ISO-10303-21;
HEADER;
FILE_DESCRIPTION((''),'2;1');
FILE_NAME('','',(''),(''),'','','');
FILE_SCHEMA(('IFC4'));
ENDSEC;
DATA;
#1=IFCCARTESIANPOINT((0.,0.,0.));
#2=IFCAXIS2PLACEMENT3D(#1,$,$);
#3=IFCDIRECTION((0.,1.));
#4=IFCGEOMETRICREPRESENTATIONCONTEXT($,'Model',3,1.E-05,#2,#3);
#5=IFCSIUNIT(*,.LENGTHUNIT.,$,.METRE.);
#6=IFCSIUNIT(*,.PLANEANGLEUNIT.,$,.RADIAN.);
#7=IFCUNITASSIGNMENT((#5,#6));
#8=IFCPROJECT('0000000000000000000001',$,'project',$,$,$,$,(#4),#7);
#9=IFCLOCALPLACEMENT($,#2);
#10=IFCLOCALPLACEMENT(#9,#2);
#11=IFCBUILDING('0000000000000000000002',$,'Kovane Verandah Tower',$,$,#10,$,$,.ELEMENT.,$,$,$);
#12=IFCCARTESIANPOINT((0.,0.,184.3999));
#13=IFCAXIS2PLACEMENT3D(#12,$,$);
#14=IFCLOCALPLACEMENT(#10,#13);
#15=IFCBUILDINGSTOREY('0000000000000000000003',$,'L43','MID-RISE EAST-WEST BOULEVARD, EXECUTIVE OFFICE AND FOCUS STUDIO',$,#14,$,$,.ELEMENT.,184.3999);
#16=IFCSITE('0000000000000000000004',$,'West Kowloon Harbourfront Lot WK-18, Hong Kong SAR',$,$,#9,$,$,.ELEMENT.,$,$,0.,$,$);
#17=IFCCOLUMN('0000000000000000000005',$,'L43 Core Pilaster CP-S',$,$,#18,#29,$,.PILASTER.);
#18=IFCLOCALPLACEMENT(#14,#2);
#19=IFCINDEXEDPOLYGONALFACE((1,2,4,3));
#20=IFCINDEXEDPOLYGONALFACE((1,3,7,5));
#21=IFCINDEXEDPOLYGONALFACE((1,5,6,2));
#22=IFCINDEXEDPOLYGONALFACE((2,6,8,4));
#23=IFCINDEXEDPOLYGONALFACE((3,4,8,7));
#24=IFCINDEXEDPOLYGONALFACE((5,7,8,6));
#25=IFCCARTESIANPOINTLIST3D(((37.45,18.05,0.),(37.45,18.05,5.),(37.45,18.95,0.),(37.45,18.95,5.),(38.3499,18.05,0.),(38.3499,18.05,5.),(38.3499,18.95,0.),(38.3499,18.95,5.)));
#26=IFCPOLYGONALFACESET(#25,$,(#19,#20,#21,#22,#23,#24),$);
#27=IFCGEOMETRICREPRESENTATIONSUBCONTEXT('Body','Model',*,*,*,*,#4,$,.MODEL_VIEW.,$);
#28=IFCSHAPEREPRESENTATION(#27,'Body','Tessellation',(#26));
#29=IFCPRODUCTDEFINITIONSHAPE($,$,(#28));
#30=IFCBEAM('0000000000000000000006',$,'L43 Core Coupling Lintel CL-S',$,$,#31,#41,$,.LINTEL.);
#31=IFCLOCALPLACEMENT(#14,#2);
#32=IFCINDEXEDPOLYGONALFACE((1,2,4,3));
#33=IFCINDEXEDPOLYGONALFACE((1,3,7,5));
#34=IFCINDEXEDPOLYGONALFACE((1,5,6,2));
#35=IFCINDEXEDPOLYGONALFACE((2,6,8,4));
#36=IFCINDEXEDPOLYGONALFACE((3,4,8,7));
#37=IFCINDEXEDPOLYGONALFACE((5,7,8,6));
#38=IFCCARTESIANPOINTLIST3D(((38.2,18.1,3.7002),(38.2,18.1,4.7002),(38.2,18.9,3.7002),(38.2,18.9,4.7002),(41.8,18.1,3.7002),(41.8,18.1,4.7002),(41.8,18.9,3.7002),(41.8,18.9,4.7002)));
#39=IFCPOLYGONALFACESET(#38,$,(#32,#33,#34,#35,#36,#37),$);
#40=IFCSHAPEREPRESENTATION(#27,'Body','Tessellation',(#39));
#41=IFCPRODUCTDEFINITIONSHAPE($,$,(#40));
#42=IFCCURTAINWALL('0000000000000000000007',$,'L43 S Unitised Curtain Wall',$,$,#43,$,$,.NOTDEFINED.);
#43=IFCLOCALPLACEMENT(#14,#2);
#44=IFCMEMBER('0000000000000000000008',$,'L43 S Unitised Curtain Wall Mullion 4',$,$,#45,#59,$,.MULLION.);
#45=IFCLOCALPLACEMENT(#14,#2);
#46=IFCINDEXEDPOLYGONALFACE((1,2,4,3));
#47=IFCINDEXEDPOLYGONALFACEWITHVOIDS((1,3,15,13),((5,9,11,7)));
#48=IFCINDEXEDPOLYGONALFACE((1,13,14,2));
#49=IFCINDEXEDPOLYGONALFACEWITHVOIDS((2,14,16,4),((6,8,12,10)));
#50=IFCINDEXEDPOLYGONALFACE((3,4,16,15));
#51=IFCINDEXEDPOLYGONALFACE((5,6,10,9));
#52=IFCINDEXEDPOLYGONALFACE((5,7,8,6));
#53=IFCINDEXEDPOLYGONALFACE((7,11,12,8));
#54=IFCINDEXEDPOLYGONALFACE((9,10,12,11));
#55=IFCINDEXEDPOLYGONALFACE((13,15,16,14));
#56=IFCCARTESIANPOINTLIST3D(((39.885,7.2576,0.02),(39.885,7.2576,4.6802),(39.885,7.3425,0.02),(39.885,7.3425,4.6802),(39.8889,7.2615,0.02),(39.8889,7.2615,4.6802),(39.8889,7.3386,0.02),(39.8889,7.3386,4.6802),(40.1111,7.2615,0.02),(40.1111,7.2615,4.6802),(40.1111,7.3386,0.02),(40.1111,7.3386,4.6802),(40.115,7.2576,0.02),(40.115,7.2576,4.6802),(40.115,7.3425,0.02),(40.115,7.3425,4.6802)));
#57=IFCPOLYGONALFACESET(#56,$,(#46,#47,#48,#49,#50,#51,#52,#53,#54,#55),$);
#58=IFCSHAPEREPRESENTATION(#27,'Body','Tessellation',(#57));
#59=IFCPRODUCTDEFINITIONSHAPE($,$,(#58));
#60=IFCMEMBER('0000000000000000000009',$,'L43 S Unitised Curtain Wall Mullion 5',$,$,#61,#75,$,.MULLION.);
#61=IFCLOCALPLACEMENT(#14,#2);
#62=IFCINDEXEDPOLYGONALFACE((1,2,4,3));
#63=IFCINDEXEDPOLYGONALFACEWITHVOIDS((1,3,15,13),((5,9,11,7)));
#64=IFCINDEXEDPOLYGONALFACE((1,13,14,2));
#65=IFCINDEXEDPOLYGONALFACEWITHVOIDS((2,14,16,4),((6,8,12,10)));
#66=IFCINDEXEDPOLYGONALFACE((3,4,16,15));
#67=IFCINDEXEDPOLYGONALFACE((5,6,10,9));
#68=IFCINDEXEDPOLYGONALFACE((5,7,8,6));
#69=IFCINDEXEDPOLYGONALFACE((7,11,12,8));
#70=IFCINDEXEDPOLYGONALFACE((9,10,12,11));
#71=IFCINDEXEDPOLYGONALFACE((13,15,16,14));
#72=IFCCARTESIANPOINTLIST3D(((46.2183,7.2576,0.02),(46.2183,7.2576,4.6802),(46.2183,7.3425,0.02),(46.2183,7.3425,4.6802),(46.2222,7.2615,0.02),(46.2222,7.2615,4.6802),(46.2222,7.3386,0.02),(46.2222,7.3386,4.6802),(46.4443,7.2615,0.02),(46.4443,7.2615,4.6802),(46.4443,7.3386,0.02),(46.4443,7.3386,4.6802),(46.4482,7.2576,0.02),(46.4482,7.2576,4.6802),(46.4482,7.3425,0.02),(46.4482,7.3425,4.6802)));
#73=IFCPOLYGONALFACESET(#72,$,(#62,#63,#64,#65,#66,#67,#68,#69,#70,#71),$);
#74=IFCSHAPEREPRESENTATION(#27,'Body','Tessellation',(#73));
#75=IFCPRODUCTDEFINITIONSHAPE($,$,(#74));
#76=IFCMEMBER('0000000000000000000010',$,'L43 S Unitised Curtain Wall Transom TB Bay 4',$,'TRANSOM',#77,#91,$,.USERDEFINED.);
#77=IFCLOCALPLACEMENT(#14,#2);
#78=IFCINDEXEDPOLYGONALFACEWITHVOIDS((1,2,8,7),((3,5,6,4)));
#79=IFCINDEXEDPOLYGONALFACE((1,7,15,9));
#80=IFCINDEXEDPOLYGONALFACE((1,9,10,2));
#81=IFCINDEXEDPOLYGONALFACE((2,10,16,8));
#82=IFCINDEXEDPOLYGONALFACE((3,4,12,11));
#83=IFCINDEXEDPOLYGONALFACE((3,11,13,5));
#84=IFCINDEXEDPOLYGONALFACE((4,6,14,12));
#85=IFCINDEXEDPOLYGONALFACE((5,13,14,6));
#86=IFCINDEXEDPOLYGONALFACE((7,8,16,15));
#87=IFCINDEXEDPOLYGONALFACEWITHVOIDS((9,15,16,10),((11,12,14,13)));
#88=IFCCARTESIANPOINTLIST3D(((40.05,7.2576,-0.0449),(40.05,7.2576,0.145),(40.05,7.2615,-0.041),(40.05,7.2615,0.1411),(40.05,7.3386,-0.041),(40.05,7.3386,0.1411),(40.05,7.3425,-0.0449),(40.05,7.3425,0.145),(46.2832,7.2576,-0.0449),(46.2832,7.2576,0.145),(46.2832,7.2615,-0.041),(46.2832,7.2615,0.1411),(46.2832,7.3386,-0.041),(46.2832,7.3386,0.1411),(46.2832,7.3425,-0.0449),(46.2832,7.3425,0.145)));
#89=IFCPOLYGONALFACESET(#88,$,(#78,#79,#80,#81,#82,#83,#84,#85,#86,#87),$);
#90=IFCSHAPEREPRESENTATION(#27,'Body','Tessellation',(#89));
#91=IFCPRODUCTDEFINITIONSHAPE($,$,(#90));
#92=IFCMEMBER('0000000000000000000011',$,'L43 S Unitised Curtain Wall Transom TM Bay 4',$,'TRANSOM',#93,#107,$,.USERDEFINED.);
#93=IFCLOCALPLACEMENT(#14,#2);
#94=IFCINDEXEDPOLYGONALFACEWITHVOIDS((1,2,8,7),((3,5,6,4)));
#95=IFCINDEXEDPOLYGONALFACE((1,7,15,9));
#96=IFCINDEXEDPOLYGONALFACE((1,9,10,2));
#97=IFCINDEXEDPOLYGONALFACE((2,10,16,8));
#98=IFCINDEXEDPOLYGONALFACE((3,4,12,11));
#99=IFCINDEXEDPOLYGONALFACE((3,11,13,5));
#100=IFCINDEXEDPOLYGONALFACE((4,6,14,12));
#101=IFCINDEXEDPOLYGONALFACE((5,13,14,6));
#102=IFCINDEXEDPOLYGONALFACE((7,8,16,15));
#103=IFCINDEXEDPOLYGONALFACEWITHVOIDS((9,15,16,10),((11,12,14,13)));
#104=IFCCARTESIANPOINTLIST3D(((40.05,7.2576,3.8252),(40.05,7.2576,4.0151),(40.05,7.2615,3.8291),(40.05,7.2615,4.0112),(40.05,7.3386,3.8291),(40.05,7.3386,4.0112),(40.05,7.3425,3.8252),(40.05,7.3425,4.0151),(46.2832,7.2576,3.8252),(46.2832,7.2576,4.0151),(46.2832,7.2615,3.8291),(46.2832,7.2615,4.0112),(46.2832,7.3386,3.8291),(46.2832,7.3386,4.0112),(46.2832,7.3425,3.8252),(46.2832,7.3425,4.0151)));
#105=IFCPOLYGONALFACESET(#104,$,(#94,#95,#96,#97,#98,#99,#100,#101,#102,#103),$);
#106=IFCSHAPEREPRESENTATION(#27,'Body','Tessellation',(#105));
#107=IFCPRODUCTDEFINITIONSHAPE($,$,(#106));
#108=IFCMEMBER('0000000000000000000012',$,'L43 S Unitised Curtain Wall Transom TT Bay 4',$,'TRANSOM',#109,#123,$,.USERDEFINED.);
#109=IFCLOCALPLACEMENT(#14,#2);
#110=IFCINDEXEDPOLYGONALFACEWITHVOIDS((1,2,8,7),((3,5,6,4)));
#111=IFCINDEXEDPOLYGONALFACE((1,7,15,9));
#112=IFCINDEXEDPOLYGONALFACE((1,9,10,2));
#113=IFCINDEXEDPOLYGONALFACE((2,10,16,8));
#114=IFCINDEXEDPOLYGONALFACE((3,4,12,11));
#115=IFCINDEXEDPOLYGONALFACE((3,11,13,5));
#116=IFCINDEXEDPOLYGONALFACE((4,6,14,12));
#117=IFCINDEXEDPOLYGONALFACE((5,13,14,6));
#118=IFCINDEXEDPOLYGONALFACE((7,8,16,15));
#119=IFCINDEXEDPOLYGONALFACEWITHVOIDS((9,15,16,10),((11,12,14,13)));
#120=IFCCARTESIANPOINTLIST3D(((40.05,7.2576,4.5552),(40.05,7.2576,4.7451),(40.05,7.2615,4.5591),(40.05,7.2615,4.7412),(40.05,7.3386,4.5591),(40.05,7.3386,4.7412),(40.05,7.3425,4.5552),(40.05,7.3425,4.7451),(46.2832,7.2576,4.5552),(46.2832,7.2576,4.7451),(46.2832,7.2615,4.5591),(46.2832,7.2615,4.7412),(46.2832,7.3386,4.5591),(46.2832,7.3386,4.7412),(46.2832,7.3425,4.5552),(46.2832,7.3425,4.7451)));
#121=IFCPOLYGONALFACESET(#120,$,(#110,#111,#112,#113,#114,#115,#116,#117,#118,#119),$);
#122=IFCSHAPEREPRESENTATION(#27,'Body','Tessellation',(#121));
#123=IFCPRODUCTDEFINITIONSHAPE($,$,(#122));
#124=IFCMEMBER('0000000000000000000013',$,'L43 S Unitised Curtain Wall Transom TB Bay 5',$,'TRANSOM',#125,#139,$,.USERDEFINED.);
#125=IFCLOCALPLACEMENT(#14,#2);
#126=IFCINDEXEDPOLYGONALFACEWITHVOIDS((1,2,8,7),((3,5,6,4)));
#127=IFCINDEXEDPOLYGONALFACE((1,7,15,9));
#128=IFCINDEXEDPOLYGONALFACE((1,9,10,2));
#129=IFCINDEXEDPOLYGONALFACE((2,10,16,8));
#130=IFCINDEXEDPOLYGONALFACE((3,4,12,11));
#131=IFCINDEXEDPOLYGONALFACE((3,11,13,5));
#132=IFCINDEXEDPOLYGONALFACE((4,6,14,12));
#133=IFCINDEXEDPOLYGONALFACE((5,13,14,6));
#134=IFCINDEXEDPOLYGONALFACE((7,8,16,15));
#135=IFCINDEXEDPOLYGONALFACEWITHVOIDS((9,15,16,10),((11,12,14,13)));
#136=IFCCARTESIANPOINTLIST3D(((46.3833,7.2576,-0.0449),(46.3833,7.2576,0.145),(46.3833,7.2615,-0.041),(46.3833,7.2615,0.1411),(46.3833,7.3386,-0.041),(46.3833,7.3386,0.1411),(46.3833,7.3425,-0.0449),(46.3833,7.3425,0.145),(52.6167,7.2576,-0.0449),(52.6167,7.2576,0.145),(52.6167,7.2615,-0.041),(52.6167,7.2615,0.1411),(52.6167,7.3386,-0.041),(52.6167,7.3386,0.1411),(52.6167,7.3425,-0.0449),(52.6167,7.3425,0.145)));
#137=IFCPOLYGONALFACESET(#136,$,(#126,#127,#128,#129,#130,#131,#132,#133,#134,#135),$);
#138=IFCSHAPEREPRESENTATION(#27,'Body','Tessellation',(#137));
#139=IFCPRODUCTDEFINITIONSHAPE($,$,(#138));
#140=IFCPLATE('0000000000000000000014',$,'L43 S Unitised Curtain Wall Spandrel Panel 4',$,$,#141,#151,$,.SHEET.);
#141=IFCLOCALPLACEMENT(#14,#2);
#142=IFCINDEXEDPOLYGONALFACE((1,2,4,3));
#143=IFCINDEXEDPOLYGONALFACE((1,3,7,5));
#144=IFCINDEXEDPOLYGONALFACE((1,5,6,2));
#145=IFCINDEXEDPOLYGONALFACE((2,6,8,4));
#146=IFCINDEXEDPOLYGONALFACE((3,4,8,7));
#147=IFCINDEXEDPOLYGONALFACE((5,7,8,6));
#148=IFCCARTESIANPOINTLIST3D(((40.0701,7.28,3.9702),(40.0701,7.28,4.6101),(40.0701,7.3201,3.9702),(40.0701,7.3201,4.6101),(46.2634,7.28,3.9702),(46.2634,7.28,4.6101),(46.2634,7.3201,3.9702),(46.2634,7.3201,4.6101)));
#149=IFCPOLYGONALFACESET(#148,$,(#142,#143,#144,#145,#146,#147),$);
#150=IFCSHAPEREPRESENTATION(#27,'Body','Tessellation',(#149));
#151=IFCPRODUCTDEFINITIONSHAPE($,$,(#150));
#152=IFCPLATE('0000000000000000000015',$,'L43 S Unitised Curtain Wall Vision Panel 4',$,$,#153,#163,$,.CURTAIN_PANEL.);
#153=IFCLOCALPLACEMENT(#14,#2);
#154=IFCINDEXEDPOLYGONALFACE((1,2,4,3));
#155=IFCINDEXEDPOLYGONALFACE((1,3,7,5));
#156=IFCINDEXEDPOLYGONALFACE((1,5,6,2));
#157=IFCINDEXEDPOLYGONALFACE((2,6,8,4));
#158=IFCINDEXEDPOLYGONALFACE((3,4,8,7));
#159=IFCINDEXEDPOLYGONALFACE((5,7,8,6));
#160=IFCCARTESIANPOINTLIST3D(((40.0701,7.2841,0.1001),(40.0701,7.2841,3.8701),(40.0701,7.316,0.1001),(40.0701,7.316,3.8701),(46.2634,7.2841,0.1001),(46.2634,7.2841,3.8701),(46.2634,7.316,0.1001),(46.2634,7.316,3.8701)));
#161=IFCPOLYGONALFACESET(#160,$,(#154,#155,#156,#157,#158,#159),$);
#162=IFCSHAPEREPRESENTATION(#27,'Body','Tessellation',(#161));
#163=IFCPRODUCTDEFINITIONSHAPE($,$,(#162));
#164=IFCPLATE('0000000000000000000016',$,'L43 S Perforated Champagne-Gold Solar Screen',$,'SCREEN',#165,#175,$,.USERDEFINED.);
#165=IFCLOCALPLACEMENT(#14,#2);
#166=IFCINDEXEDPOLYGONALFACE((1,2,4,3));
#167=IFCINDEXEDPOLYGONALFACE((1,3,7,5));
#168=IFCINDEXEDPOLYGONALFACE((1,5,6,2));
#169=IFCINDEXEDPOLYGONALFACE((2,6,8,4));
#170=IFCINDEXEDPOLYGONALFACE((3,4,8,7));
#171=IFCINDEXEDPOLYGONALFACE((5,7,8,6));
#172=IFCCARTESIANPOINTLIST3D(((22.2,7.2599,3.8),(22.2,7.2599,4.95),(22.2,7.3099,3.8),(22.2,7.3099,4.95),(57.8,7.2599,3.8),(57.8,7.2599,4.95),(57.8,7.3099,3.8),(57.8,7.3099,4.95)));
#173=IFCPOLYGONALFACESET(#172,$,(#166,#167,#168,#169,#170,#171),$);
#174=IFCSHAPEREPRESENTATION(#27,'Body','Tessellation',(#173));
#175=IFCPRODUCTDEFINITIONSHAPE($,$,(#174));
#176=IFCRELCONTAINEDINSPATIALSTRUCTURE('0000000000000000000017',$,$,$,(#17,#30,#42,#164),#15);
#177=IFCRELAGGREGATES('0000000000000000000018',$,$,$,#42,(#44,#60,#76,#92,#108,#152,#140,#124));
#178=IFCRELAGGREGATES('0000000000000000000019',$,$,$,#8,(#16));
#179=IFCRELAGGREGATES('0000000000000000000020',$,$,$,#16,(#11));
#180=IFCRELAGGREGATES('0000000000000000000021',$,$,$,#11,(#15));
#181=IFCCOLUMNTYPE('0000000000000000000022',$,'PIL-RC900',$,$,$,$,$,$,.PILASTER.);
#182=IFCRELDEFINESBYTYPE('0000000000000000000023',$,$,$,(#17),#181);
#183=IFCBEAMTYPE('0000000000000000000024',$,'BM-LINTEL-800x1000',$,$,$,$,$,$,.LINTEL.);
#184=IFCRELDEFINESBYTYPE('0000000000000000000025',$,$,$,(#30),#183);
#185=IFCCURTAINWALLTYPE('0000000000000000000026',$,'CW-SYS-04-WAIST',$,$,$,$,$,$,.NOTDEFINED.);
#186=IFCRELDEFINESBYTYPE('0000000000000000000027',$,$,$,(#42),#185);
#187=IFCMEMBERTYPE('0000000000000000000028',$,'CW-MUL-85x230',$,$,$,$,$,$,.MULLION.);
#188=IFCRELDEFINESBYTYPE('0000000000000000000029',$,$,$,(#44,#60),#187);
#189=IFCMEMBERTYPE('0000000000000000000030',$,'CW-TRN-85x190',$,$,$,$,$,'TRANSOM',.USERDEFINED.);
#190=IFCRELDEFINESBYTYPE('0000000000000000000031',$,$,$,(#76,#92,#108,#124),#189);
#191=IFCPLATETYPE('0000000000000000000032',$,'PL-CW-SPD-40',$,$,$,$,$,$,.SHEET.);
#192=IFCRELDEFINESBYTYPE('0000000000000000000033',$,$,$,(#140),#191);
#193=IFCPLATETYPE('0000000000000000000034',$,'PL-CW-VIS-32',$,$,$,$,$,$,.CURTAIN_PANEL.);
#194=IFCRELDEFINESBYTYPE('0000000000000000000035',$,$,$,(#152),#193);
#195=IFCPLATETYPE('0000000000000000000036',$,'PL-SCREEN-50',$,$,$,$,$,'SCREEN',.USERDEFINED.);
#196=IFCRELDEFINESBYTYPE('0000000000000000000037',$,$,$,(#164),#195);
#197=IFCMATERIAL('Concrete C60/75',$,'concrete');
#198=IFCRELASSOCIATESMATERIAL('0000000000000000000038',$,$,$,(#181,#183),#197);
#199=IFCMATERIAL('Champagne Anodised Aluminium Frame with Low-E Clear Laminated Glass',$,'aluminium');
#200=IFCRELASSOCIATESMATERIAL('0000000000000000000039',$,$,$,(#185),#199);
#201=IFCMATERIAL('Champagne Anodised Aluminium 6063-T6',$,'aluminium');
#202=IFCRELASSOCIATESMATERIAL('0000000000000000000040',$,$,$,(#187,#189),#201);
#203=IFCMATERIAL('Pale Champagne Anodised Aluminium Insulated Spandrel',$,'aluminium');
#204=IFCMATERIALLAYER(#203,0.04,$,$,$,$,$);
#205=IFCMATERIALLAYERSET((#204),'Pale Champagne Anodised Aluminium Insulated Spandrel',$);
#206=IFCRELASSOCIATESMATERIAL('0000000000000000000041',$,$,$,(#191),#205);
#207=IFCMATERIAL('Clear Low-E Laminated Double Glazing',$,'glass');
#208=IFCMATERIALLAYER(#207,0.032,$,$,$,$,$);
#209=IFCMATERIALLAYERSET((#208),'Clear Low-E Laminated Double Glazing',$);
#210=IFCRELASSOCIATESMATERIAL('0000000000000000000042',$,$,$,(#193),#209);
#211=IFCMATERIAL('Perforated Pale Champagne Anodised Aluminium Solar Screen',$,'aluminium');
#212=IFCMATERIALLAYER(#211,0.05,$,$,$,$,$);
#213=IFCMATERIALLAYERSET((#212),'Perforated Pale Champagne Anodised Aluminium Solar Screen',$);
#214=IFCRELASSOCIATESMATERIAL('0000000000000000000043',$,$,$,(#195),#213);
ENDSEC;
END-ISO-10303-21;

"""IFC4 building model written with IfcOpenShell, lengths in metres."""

from ifc_helpers import new_model, si_unit, direction, frame, origin, origin_2d, place, context, subcontext, project, spatial, rectangle, hollow_rectangle, extrude, material, layer, layer_set, material_profile, profile_set, type_object, element, aggregate, save


model = new_model("IFC4")

# Units and contexts
model_context = context("Model", 3, precision=1e-05, world=origin(), true_north=direction((0.0, 1.0)))
body_context = subcontext(model_context, "Body", "Model", "MODEL_VIEW")
ifc_project = project(units=[si_unit("LENGTHUNIT", "METRE"), si_unit("PLANEANGLEUNIT", "RADIAN")], contexts=[model_context])

# Site, building, storey
site_placement = place(None, origin())
site = spatial("IfcSite", under=ifc_project, at=site_placement, Name="West Kowloon Harbourfront Lot WK-18, Hong Kong SAR", CompositionType="ELEMENT", RefElevation=0.0)
building_placement = place(site_placement, origin())
building = spatial("IfcBuilding", under=site, at=building_placement, Name="Kovane Verandah Tower", CompositionType="ELEMENT")
storey_placement = place(building_placement, frame((0.0, 0.0, 184.3999)))
storey = spatial("IfcBuildingStorey", under=building, at=storey_placement, Name="L43", Description="MID-RISE EAST-WEST BOULEVARD, EXECUTIVE OFFICE AND FOCUS STUDIO", CompositionType="ELEMENT", Elevation=184.3999)

# Column
ifc_material_1 = material(Name="Concrete C60/75", Category="concrete")
ifc_material_profile_1 = material_profile(ifc_material_1, rectangle(XDim=0.8999, YDim=0.8999, at=origin_2d()), Name="RC900x900")
ifc_profile_set_1 = profile_set([ifc_material_profile_1], Name="Concrete C60/75")
column_type = type_object("IfcColumnType", Name="PIL-RC900", PredefinedType="PILASTER", material=ifc_profile_set_1)
column_placement = place(storey_placement, frame((37.8999, 18.5, 0.0), z_axis=(0.0, 0.0, 1.0), x_axis=(1.0, 0.0, 0.0)))
element("IfcColumn", 1, at=column_placement, inside=storey, type_object=column_type, Name="L43 Core Pilaster CP-S", PredefinedType="PILASTER", context=body_context, shape_type="SweptSolid", body=[
    extrude(rectangle(XDim=0.8999, YDim=0.8999, at=origin_2d()), origin(), (0.0, 0.0, 1.0), 5.0),
])

# Beam
ifc_material_profile_2 = material_profile(ifc_material_1, rectangle(XDim=0.8, YDim=1.0, at=origin_2d()), Name="RCB800x1000")
ifc_profile_set_2 = profile_set([ifc_material_profile_2], Name="Concrete C60/75")
beam_type = type_object("IfcBeamType", Name="BM-LINTEL-800x1000", PredefinedType="LINTEL", material=ifc_profile_set_2)
beam_placement = place(storey_placement, frame((38.2, 18.5, 4.2002), z_axis=(1.0, 0.0, 0.0), x_axis=(0.0, 1.0, 0.0)))
element("IfcBeam", 2, at=beam_placement, inside=storey, type_object=beam_type, Name="L43 Core Coupling Lintel CL-S", PredefinedType="LINTEL", context=body_context, shape_type="SweptSolid", body=[
    extrude(rectangle(XDim=0.8, YDim=1.0, at=origin_2d()), origin(), (0.0, 0.0, 1.0), 3.6001),
])

# Curtain wall, members, plates
ifc_material_2 = material(Name="Champagne Anodised Aluminium Frame with Low-E Clear Laminated Glass", Category="aluminium")
curtain_wall_type = type_object("IfcCurtainWallType", Name="CW-SYS-04-WAIST", PredefinedType="NOTDEFINED", material=ifc_material_2)
curtain_wall_placement = place(storey_placement, origin())
curtain_wall = element("IfcCurtainWall", 3, at=curtain_wall_placement, inside=storey, type_object=curtain_wall_type, Name="L43 S Unitised Curtain Wall", PredefinedType="NOTDEFINED")
ifc_material_3 = material(Name="Champagne Anodised Aluminium 6063-T6", Category="aluminium")
ifc_material_profile_3 = material_profile(ifc_material_3, hollow_rectangle(XDim=0.085, YDim=0.23, WallThickness=0.0039, at=origin_2d()), Name="AL85x230x4")
ifc_profile_set_3 = profile_set([ifc_material_profile_3], Name="Champagne Anodised Aluminium 6063-T6")
member_type_1 = type_object("IfcMemberType", Name="CW-MUL-85x230", PredefinedType="MULLION", material=ifc_profile_set_3)
member_1_placement = place(storey_placement, frame((40.0, 7.3, 0.02), z_axis=(0.0, 0.0, 1.0), x_axis=(0.0, -1.0, 0.0)))
member_1 = element("IfcMember", 4, at=member_1_placement, type_object=member_type_1, Name="L43 S Unitised Curtain Wall Mullion 4", PredefinedType="MULLION", context=body_context, shape_type="SweptSolid", body=[
    extrude(hollow_rectangle(XDim=0.085, YDim=0.23, WallThickness=0.0039, at=origin_2d()), origin(), (0.0, 0.0, 1.0), 4.6602),
])
member_2_placement = place(storey_placement, frame((46.3333, 7.3, 0.02), z_axis=(0.0, 0.0, 1.0), x_axis=(0.0, -1.0, 0.0)))
member_2 = element("IfcMember", 5, at=member_2_placement, type_object=member_type_1, Name="L43 S Unitised Curtain Wall Mullion 5", PredefinedType="MULLION", context=body_context, shape_type="SweptSolid", body=[
    extrude(hollow_rectangle(XDim=0.085, YDim=0.23, WallThickness=0.0039, at=origin_2d()), origin(), (0.0, 0.0, 1.0), 4.6602),
])
ifc_material_profile_4 = material_profile(ifc_material_3, hollow_rectangle(XDim=0.085, YDim=0.1899, WallThickness=0.0039, at=origin_2d()), Name="AL85x190x4")
ifc_profile_set_4 = profile_set([ifc_material_profile_4], Name="Champagne Anodised Aluminium 6063-T6")
member_type_2 = type_object("IfcMemberType", Name="CW-TRN-85x190", ElementType="TRANSOM", PredefinedType="USERDEFINED", material=ifc_profile_set_4)
member_3_placement = place(storey_placement, frame((40.05, 7.3, 0.05), z_axis=(1.0, 0.0, 0.0), x_axis=(0.0, 1.0, 0.0)))
member_3 = element("IfcMember", 6, at=member_3_placement, type_object=member_type_2, Name="L43 S Unitised Curtain Wall Transom TB Bay 4", ObjectType="TRANSOM", PredefinedType="USERDEFINED", context=body_context, shape_type="SweptSolid", body=[
    extrude(hollow_rectangle(XDim=0.085, YDim=0.1899, WallThickness=0.0039, at=origin_2d()), origin(), (0.0, 0.0, 1.0), 6.2332),
])
member_4_placement = place(storey_placement, frame((40.05, 7.3, 3.9202), z_axis=(1.0, 0.0, 0.0), x_axis=(0.0, 1.0, 0.0)))
member_4 = element("IfcMember", 7, at=member_4_placement, type_object=member_type_2, Name="L43 S Unitised Curtain Wall Transom TM Bay 4", ObjectType="TRANSOM", PredefinedType="USERDEFINED", context=body_context, shape_type="SweptSolid", body=[
    extrude(hollow_rectangle(XDim=0.085, YDim=0.1899, WallThickness=0.0039, at=origin_2d()), origin(), (0.0, 0.0, 1.0), 6.2332),
])
member_5_placement = place(storey_placement, frame((40.05, 7.3, 4.6501), z_axis=(1.0, 0.0, 0.0), x_axis=(0.0, 1.0, 0.0)))
member_5 = element("IfcMember", 8, at=member_5_placement, type_object=member_type_2, Name="L43 S Unitised Curtain Wall Transom TT Bay 4", ObjectType="TRANSOM", PredefinedType="USERDEFINED", context=body_context, shape_type="SweptSolid", body=[
    extrude(hollow_rectangle(XDim=0.085, YDim=0.1899, WallThickness=0.0039, at=origin_2d()), origin(), (0.0, 0.0, 1.0), 6.2332),
])
member_6_placement = place(storey_placement, frame((46.3833, 7.3, 0.05), z_axis=(1.0, 0.0, 0.0), x_axis=(0.0, 1.0, 0.0)))
member_6 = element("IfcMember", 9, at=member_6_placement, type_object=member_type_2, Name="L43 S Unitised Curtain Wall Transom TB Bay 5", ObjectType="TRANSOM", PredefinedType="USERDEFINED", context=body_context, shape_type="SweptSolid", body=[
    extrude(hollow_rectangle(XDim=0.085, YDim=0.1899, WallThickness=0.0039, at=origin_2d()), origin(), (0.0, 0.0, 1.0), 6.2334),
])
ifc_material_4 = material(Name="Pale Champagne Anodised Aluminium Insulated Spandrel", Category="aluminium")
ifc_layer_1 = layer(ifc_material_4, 0.04)
ifc_layer_set_1 = layer_set([ifc_layer_1], Name="Pale Champagne Anodised Aluminium Insulated Spandrel")
plate_type_1 = type_object("IfcPlateType", Name="PL-CW-SPD-40", PredefinedType="SHEET", material=ifc_layer_set_1)
plate_1_placement = place(storey_placement, frame((43.1667, 7.3, 3.9702), z_axis=(0.0, 0.0, 1.0), x_axis=(1.0, 0.0, 0.0)))
plate_1 = element("IfcPlate", 10, at=plate_1_placement, type_object=plate_type_1, Name="L43 S Unitised Curtain Wall Spandrel Panel 4", PredefinedType="SHEET", context=body_context, shape_type="SweptSolid", body=[
    extrude(rectangle(XDim=6.1934, YDim=0.04, at=origin_2d()), origin(), (0.0, 0.0, 1.0), 0.6399),
])
ifc_material_5 = material(Name="Clear Low-E Laminated Double Glazing", Category="glass")
ifc_layer_2 = layer(ifc_material_5, 0.032)
ifc_layer_set_2 = layer_set([ifc_layer_2], Name="Clear Low-E Laminated Double Glazing")
plate_type_2 = type_object("IfcPlateType", Name="PL-CW-VIS-32", PredefinedType="CURTAIN_PANEL", material=ifc_layer_set_2)
plate_2_placement = place(storey_placement, frame((43.1667, 7.3, 0.1001), z_axis=(0.0, 0.0, 1.0), x_axis=(1.0, 0.0, 0.0)))
plate_2 = element("IfcPlate", 11, at=plate_2_placement, type_object=plate_type_2, Name="L43 S Unitised Curtain Wall Vision Panel 4", PredefinedType="CURTAIN_PANEL", context=body_context, shape_type="SweptSolid", body=[
    extrude(rectangle(XDim=6.1934, YDim=0.032, at=origin_2d()), origin(), (0.0, 0.0, 1.0), 3.77),
])
aggregate(curtain_wall, [member_1, member_2, member_3, member_4, member_5, plate_2, plate_1, member_6])

# Plate
ifc_material_6 = material(Name="Perforated Pale Champagne Anodised Aluminium Solar Screen", Category="aluminium")
ifc_layer_3 = layer(ifc_material_6, 0.05)
ifc_layer_set_3 = layer_set([ifc_layer_3], Name="Perforated Pale Champagne Anodised Aluminium Solar Screen")
plate_type_3 = type_object("IfcPlateType", Name="PL-SCREEN-50", ElementType="SCREEN", PredefinedType="USERDEFINED", material=ifc_layer_set_3)
plate_3_placement = place(storey_placement, frame((40.0, 7.2849, 3.8), z_axis=(0.0, 0.0, 1.0), x_axis=(1.0, 0.0, 0.0)))
element("IfcPlate", 12, at=plate_3_placement, inside=storey, type_object=plate_type_3, Name="L43 S Perforated Champagne-Gold Solar Screen", ObjectType="SCREEN", PredefinedType="USERDEFINED", context=body_context, shape_type="SweptSolid", body=[
    extrude(rectangle(XDim=35.6001, YDim=0.05, at=origin_2d()), origin(), (0.0, 0.0, 1.0), 1.1499),
])

save(model, "model.ifc")
